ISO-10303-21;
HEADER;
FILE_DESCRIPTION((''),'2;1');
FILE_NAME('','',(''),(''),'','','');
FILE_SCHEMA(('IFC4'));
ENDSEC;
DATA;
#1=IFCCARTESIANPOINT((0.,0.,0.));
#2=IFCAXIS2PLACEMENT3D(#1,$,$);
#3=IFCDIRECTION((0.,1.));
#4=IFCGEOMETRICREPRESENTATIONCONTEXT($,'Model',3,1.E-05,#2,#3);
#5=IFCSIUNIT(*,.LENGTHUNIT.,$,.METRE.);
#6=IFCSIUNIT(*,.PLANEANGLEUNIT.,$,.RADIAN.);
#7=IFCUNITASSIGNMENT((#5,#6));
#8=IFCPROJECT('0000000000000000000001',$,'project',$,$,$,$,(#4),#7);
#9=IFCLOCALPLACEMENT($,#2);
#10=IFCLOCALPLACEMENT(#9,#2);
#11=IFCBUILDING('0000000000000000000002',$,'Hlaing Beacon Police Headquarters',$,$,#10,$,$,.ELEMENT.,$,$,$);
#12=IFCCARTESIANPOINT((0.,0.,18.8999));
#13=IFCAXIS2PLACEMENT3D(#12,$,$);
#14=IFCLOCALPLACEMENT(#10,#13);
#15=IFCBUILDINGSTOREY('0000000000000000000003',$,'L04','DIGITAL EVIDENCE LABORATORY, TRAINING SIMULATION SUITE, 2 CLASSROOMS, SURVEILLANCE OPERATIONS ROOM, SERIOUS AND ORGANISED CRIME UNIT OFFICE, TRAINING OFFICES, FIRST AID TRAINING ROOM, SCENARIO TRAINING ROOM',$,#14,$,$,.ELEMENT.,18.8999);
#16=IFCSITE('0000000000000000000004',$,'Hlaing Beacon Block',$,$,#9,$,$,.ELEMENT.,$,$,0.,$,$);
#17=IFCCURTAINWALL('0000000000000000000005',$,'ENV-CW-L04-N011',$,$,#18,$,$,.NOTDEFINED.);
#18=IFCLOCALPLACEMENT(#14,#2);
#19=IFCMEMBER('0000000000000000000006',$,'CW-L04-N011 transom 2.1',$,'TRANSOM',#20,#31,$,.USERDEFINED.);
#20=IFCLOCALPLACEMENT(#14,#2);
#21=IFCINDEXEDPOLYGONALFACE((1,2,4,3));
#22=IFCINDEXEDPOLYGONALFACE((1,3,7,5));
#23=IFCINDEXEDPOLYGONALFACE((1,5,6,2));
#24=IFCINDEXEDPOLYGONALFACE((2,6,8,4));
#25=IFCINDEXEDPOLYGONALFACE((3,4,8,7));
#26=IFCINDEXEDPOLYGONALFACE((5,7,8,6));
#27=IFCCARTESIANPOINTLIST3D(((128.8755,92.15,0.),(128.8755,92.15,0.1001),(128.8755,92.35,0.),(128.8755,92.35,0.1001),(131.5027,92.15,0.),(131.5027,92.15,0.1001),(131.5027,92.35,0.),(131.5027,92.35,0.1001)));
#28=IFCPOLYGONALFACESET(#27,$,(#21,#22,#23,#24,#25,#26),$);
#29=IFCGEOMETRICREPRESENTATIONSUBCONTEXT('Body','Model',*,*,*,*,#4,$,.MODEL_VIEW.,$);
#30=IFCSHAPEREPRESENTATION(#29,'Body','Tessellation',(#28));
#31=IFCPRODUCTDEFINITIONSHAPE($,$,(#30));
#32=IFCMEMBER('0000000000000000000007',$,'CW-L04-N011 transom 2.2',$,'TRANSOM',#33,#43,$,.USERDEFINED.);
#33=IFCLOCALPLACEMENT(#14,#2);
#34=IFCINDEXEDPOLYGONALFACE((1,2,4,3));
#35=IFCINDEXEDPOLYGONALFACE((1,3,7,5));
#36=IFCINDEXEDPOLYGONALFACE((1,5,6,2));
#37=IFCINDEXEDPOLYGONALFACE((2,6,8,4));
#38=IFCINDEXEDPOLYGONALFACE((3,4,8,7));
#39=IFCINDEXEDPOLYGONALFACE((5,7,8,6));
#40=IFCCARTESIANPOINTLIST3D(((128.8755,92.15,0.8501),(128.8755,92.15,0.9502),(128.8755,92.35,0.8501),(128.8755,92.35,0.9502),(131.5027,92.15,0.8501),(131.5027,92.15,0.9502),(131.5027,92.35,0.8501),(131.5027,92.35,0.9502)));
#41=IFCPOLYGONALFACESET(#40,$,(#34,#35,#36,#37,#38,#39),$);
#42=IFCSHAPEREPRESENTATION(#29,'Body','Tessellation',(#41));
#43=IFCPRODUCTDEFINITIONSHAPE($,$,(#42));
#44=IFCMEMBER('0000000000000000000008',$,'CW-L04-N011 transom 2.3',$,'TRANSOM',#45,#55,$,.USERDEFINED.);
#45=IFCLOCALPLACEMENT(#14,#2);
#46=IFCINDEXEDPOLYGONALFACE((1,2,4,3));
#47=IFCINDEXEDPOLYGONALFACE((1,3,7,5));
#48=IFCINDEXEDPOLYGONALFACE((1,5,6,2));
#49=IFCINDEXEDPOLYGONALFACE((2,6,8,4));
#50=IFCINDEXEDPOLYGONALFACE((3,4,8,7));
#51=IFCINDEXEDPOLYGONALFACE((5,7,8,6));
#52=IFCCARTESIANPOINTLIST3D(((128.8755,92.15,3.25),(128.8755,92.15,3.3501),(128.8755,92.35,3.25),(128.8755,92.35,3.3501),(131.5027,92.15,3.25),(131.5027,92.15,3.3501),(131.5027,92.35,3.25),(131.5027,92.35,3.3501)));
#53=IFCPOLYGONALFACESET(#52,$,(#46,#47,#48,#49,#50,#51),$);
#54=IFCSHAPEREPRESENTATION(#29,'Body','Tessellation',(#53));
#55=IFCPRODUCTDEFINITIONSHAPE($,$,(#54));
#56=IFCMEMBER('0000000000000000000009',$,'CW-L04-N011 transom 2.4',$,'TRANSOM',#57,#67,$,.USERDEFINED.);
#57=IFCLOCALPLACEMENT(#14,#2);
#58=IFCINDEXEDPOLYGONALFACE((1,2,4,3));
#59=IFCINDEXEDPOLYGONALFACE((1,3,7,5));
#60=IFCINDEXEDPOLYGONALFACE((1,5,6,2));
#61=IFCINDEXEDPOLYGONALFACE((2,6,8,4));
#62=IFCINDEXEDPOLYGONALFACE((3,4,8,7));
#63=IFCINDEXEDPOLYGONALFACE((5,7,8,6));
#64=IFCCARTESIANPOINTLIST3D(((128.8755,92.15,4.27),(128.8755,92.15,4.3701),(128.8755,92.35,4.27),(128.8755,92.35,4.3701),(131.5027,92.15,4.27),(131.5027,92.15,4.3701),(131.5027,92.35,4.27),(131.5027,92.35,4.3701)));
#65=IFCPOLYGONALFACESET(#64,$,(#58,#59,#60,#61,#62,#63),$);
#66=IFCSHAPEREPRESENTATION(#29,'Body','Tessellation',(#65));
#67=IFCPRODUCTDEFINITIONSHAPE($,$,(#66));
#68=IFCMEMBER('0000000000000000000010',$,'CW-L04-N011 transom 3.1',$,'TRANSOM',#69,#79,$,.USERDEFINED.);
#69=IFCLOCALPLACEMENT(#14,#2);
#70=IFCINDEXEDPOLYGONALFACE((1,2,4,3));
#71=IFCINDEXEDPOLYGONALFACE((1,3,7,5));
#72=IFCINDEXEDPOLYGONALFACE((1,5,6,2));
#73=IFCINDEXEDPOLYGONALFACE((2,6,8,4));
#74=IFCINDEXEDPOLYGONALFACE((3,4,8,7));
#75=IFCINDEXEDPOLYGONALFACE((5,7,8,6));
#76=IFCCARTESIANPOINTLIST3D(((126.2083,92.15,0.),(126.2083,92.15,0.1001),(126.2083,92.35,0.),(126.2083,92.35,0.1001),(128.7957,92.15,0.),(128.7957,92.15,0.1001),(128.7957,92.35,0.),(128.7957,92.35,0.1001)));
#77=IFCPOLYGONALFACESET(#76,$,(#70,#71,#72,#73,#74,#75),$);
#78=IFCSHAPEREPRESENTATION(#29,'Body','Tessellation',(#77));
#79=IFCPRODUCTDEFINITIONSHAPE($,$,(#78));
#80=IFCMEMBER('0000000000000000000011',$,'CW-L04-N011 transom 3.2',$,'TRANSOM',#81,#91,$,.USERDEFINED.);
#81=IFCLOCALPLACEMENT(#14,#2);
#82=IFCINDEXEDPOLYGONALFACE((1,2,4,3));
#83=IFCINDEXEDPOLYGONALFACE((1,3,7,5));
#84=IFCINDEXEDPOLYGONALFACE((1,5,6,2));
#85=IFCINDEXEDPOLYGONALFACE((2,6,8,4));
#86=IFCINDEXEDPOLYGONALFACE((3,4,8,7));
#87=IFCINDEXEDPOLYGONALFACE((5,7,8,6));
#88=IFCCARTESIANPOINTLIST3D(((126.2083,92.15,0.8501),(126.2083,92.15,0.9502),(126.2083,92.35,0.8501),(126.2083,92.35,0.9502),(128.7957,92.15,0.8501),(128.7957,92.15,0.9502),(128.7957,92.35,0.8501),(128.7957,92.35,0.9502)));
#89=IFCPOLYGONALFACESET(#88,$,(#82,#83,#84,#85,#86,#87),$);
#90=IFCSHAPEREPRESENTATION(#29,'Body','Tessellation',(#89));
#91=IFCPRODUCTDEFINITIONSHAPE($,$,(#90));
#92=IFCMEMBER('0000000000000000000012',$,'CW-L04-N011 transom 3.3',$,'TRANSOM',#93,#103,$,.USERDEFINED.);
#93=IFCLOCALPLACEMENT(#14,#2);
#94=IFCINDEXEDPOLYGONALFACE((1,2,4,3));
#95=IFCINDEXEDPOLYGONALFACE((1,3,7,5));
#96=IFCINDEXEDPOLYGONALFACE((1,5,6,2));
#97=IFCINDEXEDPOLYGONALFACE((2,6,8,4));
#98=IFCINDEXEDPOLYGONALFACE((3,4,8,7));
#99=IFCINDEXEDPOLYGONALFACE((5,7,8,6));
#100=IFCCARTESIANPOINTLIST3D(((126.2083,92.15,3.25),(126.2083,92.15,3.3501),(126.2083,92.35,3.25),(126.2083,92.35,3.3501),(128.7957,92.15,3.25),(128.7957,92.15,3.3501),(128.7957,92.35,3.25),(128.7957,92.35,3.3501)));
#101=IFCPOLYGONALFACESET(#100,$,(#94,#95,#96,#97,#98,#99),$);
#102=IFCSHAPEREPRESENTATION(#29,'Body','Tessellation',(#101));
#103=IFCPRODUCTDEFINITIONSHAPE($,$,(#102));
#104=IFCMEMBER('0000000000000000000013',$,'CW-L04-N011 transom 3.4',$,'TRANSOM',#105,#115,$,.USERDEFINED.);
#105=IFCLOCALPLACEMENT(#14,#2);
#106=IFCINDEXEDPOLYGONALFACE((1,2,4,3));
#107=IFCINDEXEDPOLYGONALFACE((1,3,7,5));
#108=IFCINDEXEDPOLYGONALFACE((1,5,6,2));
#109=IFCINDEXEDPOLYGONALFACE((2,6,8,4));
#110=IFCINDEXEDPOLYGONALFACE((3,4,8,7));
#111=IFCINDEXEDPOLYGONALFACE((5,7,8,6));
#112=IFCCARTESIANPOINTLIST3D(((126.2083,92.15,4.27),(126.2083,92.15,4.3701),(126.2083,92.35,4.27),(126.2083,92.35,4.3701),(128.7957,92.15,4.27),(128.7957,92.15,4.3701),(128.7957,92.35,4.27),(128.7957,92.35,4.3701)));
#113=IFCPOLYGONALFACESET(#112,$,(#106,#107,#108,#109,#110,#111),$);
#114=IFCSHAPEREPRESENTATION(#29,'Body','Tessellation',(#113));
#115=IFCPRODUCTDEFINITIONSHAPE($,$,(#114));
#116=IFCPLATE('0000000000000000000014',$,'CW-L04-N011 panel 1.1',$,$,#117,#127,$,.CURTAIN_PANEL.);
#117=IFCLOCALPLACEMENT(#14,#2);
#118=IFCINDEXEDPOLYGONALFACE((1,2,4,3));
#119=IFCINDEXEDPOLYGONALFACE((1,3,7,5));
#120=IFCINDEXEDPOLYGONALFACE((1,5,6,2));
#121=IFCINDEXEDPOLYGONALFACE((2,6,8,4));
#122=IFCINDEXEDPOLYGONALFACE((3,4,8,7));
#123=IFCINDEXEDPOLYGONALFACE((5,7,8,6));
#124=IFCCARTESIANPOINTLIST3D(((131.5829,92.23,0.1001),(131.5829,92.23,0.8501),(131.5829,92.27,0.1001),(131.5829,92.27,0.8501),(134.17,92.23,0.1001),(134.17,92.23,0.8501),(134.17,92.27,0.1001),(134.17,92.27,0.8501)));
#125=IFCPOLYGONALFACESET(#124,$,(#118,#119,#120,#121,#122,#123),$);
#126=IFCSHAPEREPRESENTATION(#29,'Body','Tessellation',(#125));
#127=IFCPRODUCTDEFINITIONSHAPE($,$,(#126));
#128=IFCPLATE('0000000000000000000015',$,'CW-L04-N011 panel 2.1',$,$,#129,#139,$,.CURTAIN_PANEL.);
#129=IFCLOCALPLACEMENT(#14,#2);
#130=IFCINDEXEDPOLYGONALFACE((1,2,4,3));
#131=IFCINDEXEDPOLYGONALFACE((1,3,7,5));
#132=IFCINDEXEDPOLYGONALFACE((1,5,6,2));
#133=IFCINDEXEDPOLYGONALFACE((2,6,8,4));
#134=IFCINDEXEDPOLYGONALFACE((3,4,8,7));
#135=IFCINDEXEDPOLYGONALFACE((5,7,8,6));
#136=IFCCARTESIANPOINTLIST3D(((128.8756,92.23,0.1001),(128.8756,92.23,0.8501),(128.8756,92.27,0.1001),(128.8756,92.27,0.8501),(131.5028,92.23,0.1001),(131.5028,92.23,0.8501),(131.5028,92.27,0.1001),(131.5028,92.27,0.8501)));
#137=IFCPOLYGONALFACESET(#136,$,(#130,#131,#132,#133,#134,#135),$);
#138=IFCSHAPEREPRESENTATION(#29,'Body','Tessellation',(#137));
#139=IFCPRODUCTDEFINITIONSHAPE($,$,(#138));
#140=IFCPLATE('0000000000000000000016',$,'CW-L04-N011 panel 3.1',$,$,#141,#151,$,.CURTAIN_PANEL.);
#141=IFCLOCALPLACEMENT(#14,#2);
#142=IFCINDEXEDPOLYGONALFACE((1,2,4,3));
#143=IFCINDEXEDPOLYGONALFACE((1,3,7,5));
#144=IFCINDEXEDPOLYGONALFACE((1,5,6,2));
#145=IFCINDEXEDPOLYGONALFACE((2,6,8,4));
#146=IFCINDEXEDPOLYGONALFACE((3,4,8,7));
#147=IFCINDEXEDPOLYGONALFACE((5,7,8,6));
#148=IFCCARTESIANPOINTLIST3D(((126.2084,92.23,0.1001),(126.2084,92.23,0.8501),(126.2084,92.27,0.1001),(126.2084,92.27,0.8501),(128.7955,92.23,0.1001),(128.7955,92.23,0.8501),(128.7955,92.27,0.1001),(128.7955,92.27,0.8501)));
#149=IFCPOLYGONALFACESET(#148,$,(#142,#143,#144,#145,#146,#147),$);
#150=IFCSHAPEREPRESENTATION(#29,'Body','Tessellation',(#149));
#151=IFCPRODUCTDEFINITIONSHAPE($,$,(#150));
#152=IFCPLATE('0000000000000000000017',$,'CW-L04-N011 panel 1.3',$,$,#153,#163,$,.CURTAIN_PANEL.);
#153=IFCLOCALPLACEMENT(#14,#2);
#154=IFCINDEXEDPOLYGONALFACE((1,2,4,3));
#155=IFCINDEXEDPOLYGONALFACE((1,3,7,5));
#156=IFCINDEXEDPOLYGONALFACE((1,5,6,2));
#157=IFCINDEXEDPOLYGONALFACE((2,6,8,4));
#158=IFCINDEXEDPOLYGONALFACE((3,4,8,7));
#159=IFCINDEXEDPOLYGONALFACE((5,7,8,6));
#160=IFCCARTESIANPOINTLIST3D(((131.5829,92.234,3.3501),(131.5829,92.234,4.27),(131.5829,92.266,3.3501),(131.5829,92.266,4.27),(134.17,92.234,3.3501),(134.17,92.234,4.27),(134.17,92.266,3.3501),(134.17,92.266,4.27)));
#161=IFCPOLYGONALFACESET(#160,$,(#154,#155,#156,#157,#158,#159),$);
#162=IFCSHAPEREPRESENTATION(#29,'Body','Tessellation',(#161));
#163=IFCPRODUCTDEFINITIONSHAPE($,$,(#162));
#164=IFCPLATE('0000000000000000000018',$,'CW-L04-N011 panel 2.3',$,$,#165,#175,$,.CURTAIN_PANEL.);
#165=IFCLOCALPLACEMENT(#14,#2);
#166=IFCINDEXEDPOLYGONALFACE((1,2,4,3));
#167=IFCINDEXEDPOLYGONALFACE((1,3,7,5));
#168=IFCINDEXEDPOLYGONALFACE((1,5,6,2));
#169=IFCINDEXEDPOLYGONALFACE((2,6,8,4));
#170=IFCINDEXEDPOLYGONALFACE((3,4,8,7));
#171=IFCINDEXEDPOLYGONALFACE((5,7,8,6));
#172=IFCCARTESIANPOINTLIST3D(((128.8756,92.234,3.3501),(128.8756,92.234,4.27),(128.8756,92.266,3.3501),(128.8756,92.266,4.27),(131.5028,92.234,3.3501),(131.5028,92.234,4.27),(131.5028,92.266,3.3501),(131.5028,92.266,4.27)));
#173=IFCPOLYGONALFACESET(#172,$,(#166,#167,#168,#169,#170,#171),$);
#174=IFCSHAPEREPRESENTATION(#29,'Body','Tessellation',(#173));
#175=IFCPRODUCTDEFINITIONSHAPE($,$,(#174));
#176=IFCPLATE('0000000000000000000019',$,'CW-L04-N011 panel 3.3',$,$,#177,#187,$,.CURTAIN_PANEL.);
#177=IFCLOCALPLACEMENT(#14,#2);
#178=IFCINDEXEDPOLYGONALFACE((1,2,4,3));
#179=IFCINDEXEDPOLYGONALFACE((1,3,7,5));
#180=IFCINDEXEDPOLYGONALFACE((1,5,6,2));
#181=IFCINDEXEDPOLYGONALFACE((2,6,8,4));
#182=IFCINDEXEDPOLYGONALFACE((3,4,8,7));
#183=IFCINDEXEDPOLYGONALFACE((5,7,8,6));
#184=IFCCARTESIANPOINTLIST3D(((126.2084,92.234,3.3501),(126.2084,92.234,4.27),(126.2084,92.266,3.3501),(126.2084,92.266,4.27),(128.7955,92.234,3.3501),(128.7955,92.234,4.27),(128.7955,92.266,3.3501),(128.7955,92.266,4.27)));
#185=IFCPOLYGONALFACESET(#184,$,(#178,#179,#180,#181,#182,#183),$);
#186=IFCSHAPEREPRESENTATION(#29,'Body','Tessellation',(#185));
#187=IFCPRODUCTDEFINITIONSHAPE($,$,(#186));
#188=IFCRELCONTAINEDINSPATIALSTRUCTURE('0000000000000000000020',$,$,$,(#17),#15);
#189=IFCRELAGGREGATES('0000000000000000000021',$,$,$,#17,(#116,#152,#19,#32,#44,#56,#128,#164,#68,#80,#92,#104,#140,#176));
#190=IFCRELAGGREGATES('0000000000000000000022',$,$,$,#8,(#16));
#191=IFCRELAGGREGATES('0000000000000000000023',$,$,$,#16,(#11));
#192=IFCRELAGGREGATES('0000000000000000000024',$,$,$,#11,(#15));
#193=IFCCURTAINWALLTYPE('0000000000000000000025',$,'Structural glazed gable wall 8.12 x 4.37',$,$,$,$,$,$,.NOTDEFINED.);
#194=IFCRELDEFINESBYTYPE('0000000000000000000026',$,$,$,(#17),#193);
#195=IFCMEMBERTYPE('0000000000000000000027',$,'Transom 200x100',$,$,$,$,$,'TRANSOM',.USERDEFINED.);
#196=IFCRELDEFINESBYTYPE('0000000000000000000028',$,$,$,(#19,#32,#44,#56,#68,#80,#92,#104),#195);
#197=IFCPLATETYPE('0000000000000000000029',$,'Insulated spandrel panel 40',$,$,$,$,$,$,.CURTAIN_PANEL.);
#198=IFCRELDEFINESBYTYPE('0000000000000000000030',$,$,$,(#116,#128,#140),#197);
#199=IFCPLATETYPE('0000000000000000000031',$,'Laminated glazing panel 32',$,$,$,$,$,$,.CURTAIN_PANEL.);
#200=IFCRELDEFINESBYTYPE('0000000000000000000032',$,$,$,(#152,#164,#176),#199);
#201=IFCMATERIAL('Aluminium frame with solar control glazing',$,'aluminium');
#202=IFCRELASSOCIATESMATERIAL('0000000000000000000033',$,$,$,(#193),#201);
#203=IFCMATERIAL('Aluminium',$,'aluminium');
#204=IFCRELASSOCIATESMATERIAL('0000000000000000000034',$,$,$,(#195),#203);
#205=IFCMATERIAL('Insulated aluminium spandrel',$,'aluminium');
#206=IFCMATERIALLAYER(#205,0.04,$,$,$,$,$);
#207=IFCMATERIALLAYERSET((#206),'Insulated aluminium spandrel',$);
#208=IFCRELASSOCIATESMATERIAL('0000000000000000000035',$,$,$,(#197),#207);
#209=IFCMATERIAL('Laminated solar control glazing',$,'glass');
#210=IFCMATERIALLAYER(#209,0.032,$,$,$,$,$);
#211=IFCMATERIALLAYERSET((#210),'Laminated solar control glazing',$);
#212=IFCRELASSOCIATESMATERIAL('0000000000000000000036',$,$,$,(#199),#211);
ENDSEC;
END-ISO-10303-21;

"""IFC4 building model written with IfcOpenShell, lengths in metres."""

from ifc_helpers import new_model, si_unit, direction, frame, origin, origin_2d, place, context, subcontext, project, spatial, rectangle, extrude, material, layer, layer_set, material_profile, profile_set, type_object, element, aggregate, save


model = new_model("IFC4")

# Units and contexts
model_context = context("Model", 3, precision=1e-05, world=origin(), true_north=direction((0.0, 1.0)))
body_context = subcontext(model_context, "Body", "Model", "MODEL_VIEW")
ifc_project = project(units=[si_unit("LENGTHUNIT", "METRE"), si_unit("PLANEANGLEUNIT", "RADIAN")], contexts=[model_context])

# Site, building, storey
site_placement = place(None, origin())
site = spatial("IfcSite", under=ifc_project, at=site_placement, Name="Hlaing Beacon Block", CompositionType="ELEMENT", RefElevation=0.0)
building_placement = place(site_placement, origin())
building = spatial("IfcBuilding", under=site, at=building_placement, Name="Hlaing Beacon Police Headquarters", CompositionType="ELEMENT")
storey_placement = place(building_placement, frame((0.0, 0.0, 18.8999)))
storey = spatial("IfcBuildingStorey", under=building, at=storey_placement, Name="L04", Description="DIGITAL EVIDENCE LABORATORY, TRAINING SIMULATION SUITE, 2 CLASSROOMS, SURVEILLANCE OPERATIONS ROOM, SERIOUS AND ORGANISED CRIME UNIT OFFICE, TRAINING OFFICES, FIRST AID TRAINING ROOM, SCENARIO TRAINING ROOM", CompositionType="ELEMENT", Elevation=18.8999)

# Curtain wall, members, plates
ifc_material_1 = material(Name="Aluminium frame with solar control glazing", Category="aluminium")
curtain_wall_type = type_object("IfcCurtainWallType", Name="Structural glazed gable wall 8.12 x 4.37", PredefinedType="NOTDEFINED", material=ifc_material_1)
curtain_wall_placement = place(storey_placement, origin())
curtain_wall = element("IfcCurtainWall", 1, at=curtain_wall_placement, inside=storey, type_object=curtain_wall_type, Name="ENV-CW-L04-N011", PredefinedType="NOTDEFINED")
ifc_material_2 = material(Name="Aluminium", Category="aluminium")
ifc_material_profile_1 = material_profile(ifc_material_2, rectangle(XDim=0.2, YDim=0.1001, at=origin_2d()), Name="Transom 200x100")
ifc_profile_set_1 = profile_set([ifc_material_profile_1], Name="Aluminium")
member_type_1 = type_object("IfcMemberType", Name="Transom 200x100", ElementType="TRANSOM", PredefinedType="USERDEFINED", material=ifc_profile_set_1)
member_1_placement = place(storey_placement, frame((131.5027, 92.25, 0.05), z_axis=(-1.0, 0.0, 0.0), x_axis=(0.0, -1.0, 0.0)))
member_1 = element("IfcMember", 2, at=member_1_placement, type_object=member_type_1, Name="CW-L04-N011 transom 2.1", ObjectType="TRANSOM", PredefinedType="USERDEFINED", context=body_context, shape_type="SweptSolid", body=[
    extrude(rectangle(XDim=0.2, YDim=0.1001, at=origin_2d()), origin(), (0.0, 0.0, 1.0), 2.6272),
])
member_2_placement = place(storey_placement, frame((131.5027, 92.25, 0.9001), z_axis=(-1.0, 0.0, 0.0), x_axis=(0.0, -1.0, 0.0)))
member_2 = element("IfcMember", 3, at=member_2_placement, type_object=member_type_1, Name="CW-L04-N011 transom 2.2", ObjectType="TRANSOM", PredefinedType="USERDEFINED", context=body_context, shape_type="SweptSolid", body=[
    extrude(rectangle(XDim=0.2, YDim=0.1001, at=origin_2d()), origin(), (0.0, 0.0, 1.0), 2.6272),
])
member_3_placement = place(storey_placement, frame((131.5027, 92.25, 3.3), z_axis=(-1.0, 0.0, 0.0), x_axis=(0.0, -1.0, 0.0)))
member_3 = element("IfcMember", 4, at=member_3_placement, type_object=member_type_1, Name="CW-L04-N011 transom 2.3", ObjectType="TRANSOM", PredefinedType="USERDEFINED", context=body_context, shape_type="SweptSolid", body=[
    extrude(rectangle(XDim=0.2, YDim=0.1001, at=origin_2d()), origin(), (0.0, 0.0, 1.0), 2.6272),
])
member_4_placement = place(storey_placement, frame((131.5027, 92.25, 4.3201), z_axis=(-1.0, 0.0, 0.0), x_axis=(0.0, -1.0, 0.0)))
member_4 = element("IfcMember", 5, at=member_4_placement, type_object=member_type_1, Name="CW-L04-N011 transom 2.4", ObjectType="TRANSOM", PredefinedType="USERDEFINED", context=body_context, shape_type="SweptSolid", body=[
    extrude(rectangle(XDim=0.2, YDim=0.1001, at=origin_2d()), origin(), (0.0, 0.0, 1.0), 2.6272),
])
member_5_placement = place(storey_placement, frame((128.7957, 92.25, 0.05), z_axis=(-1.0, 0.0, 0.0), x_axis=(0.0, -1.0, 0.0)))
member_5 = element("IfcMember", 6, at=member_5_placement, type_object=member_type_1, Name="CW-L04-N011 transom 3.1", ObjectType="TRANSOM", PredefinedType="USERDEFINED", context=body_context, shape_type="SweptSolid", body=[
    extrude(rectangle(XDim=0.2, YDim=0.1001, at=origin_2d()), origin(), (0.0, 0.0, 1.0), 2.5874),
])
member_6_placement = place(storey_placement, frame((128.7957, 92.25, 0.9001), z_axis=(-1.0, 0.0, 0.0), x_axis=(0.0, -1.0, 0.0)))
member_6 = element("IfcMember", 7, at=member_6_placement, type_object=member_type_1, Name="CW-L04-N011 transom 3.2", ObjectType="TRANSOM", PredefinedType="USERDEFINED", context=body_context, shape_type="SweptSolid", body=[
    extrude(rectangle(XDim=0.2, YDim=0.1001, at=origin_2d()), origin(), (0.0, 0.0, 1.0), 2.5874),
])
member_7_placement = place(storey_placement, frame((128.7957, 92.25, 3.3), z_axis=(-1.0, 0.0, 0.0), x_axis=(0.0, -1.0, 0.0)))
member_7 = element("IfcMember", 8, at=member_7_placement, type_object=member_type_1, Name="CW-L04-N011 transom 3.3", ObjectType="TRANSOM", PredefinedType="USERDEFINED", context=body_context, shape_type="SweptSolid", body=[
    extrude(rectangle(XDim=0.2, YDim=0.1001, at=origin_2d()), origin(), (0.0, 0.0, 1.0), 2.5874),
])
member_8_placement = place(storey_placement, frame((128.7957, 92.25, 4.3201), z_axis=(-1.0, 0.0, 0.0), x_axis=(0.0, -1.0, 0.0)))
member_8 = element("IfcMember", 9, at=member_8_placement, type_object=member_type_1, Name="CW-L04-N011 transom 3.4", ObjectType="TRANSOM", PredefinedType="USERDEFINED", context=body_context, shape_type="SweptSolid", body=[
    extrude(rectangle(XDim=0.2, YDim=0.1001, at=origin_2d()), origin(), (0.0, 0.0, 1.0), 2.5874),
])
ifc_material_3 = material(Name="Insulated aluminium spandrel", Category="aluminium")
ifc_layer_1 = layer(ifc_material_3, 0.04)
ifc_layer_set_1 = layer_set([ifc_layer_1], Name="Insulated aluminium spandrel")
plate_type_1 = type_object("IfcPlateType", Name="Insulated spandrel panel 40", PredefinedType="CURTAIN_PANEL", material=ifc_layer_set_1)
plate_1_placement = place(storey_placement, frame((132.8765, 92.25, 0.1001), z_axis=(0.0, 0.0, 1.0), x_axis=(-1.0, 0.0, 0.0)))
plate_1 = element("IfcPlate", 10, at=plate_1_placement, type_object=plate_type_1, Name="CW-L04-N011 panel 1.1", PredefinedType="CURTAIN_PANEL", context=body_context, shape_type="SweptSolid", body=[
    extrude(rectangle(XDim=2.5872, YDim=0.04, at=origin_2d()), origin(), (0.0, 0.0, 1.0), 0.75),
])
plate_2_placement = place(storey_placement, frame((130.1892, 92.25, 0.1001), z_axis=(0.0, 0.0, 1.0), x_axis=(-1.0, 0.0, 0.0)))
plate_2 = element("IfcPlate", 11, at=plate_2_placement, type_object=plate_type_1, Name="CW-L04-N011 panel 2.1", PredefinedType="CURTAIN_PANEL", context=body_context, shape_type="SweptSolid", body=[
    extrude(rectangle(XDim=2.6272, YDim=0.04, at=origin_2d()), origin(), (0.0, 0.0, 1.0), 0.75),
])
plate_3_placement = place(storey_placement, frame((127.502, 92.25, 0.1001), z_axis=(0.0, 0.0, 1.0), x_axis=(-1.0, 0.0, 0.0)))
plate_3 = element("IfcPlate", 12, at=plate_3_placement, type_object=plate_type_1, Name="CW-L04-N011 panel 3.1", PredefinedType="CURTAIN_PANEL", context=body_context, shape_type="SweptSolid", body=[
    extrude(rectangle(XDim=2.5872, YDim=0.04, at=origin_2d()), origin(), (0.0, 0.0, 1.0), 0.75),
])
ifc_material_4 = material(Name="Laminated solar control glazing", Category="glass")
ifc_layer_2 = layer(ifc_material_4, 0.032)
ifc_layer_set_2 = layer_set([ifc_layer_2], Name="Laminated solar control glazing")
plate_type_2 = type_object("IfcPlateType", Name="Laminated glazing panel 32", PredefinedType="CURTAIN_PANEL", material=ifc_layer_set_2)
plate_4_placement = place(storey_placement, frame((132.8765, 92.25, 3.3501), z_axis=(0.0, 0.0, 1.0), x_axis=(-1.0, 0.0, 0.0)))
plate_4 = element("IfcPlate", 13, at=plate_4_placement, type_object=plate_type_2, Name="CW-L04-N011 panel 1.3", PredefinedType="CURTAIN_PANEL", context=body_context, shape_type="SweptSolid", body=[
    extrude(rectangle(XDim=2.5872, YDim=0.032, at=origin_2d()), origin(), (0.0, 0.0, 1.0), 0.9199),
])
plate_5_placement = place(storey_placement, frame((130.1892, 92.25, 3.3501), z_axis=(0.0, 0.0, 1.0), x_axis=(-1.0, 0.0, 0.0)))
plate_5 = element("IfcPlate", 14, at=plate_5_placement, type_object=plate_type_2, Name="CW-L04-N011 panel 2.3", PredefinedType="CURTAIN_PANEL", context=body_context, shape_type="SweptSolid", body=[
    extrude(rectangle(XDim=2.6272, YDim=0.032, at=origin_2d()), origin(), (0.0, 0.0, 1.0), 0.9199),
])
plate_6_placement = place(storey_placement, frame((127.502, 92.25, 3.3501), z_axis=(0.0, 0.0, 1.0), x_axis=(-1.0, 0.0, 0.0)))
plate_6 = element("IfcPlate", 15, at=plate_6_placement, type_object=plate_type_2, Name="CW-L04-N011 panel 3.3", PredefinedType="CURTAIN_PANEL", context=body_context, shape_type="SweptSolid", body=[
    extrude(rectangle(XDim=2.5872, YDim=0.032, at=origin_2d()), origin(), (0.0, 0.0, 1.0), 0.9199),
])
aggregate(curtain_wall, [plate_1, plate_4, member_1, member_2, member_3, member_4, plate_2, plate_5, member_5, member_6, member_7, member_8, plate_3, plate_6])

save(model, "model.ifc")
